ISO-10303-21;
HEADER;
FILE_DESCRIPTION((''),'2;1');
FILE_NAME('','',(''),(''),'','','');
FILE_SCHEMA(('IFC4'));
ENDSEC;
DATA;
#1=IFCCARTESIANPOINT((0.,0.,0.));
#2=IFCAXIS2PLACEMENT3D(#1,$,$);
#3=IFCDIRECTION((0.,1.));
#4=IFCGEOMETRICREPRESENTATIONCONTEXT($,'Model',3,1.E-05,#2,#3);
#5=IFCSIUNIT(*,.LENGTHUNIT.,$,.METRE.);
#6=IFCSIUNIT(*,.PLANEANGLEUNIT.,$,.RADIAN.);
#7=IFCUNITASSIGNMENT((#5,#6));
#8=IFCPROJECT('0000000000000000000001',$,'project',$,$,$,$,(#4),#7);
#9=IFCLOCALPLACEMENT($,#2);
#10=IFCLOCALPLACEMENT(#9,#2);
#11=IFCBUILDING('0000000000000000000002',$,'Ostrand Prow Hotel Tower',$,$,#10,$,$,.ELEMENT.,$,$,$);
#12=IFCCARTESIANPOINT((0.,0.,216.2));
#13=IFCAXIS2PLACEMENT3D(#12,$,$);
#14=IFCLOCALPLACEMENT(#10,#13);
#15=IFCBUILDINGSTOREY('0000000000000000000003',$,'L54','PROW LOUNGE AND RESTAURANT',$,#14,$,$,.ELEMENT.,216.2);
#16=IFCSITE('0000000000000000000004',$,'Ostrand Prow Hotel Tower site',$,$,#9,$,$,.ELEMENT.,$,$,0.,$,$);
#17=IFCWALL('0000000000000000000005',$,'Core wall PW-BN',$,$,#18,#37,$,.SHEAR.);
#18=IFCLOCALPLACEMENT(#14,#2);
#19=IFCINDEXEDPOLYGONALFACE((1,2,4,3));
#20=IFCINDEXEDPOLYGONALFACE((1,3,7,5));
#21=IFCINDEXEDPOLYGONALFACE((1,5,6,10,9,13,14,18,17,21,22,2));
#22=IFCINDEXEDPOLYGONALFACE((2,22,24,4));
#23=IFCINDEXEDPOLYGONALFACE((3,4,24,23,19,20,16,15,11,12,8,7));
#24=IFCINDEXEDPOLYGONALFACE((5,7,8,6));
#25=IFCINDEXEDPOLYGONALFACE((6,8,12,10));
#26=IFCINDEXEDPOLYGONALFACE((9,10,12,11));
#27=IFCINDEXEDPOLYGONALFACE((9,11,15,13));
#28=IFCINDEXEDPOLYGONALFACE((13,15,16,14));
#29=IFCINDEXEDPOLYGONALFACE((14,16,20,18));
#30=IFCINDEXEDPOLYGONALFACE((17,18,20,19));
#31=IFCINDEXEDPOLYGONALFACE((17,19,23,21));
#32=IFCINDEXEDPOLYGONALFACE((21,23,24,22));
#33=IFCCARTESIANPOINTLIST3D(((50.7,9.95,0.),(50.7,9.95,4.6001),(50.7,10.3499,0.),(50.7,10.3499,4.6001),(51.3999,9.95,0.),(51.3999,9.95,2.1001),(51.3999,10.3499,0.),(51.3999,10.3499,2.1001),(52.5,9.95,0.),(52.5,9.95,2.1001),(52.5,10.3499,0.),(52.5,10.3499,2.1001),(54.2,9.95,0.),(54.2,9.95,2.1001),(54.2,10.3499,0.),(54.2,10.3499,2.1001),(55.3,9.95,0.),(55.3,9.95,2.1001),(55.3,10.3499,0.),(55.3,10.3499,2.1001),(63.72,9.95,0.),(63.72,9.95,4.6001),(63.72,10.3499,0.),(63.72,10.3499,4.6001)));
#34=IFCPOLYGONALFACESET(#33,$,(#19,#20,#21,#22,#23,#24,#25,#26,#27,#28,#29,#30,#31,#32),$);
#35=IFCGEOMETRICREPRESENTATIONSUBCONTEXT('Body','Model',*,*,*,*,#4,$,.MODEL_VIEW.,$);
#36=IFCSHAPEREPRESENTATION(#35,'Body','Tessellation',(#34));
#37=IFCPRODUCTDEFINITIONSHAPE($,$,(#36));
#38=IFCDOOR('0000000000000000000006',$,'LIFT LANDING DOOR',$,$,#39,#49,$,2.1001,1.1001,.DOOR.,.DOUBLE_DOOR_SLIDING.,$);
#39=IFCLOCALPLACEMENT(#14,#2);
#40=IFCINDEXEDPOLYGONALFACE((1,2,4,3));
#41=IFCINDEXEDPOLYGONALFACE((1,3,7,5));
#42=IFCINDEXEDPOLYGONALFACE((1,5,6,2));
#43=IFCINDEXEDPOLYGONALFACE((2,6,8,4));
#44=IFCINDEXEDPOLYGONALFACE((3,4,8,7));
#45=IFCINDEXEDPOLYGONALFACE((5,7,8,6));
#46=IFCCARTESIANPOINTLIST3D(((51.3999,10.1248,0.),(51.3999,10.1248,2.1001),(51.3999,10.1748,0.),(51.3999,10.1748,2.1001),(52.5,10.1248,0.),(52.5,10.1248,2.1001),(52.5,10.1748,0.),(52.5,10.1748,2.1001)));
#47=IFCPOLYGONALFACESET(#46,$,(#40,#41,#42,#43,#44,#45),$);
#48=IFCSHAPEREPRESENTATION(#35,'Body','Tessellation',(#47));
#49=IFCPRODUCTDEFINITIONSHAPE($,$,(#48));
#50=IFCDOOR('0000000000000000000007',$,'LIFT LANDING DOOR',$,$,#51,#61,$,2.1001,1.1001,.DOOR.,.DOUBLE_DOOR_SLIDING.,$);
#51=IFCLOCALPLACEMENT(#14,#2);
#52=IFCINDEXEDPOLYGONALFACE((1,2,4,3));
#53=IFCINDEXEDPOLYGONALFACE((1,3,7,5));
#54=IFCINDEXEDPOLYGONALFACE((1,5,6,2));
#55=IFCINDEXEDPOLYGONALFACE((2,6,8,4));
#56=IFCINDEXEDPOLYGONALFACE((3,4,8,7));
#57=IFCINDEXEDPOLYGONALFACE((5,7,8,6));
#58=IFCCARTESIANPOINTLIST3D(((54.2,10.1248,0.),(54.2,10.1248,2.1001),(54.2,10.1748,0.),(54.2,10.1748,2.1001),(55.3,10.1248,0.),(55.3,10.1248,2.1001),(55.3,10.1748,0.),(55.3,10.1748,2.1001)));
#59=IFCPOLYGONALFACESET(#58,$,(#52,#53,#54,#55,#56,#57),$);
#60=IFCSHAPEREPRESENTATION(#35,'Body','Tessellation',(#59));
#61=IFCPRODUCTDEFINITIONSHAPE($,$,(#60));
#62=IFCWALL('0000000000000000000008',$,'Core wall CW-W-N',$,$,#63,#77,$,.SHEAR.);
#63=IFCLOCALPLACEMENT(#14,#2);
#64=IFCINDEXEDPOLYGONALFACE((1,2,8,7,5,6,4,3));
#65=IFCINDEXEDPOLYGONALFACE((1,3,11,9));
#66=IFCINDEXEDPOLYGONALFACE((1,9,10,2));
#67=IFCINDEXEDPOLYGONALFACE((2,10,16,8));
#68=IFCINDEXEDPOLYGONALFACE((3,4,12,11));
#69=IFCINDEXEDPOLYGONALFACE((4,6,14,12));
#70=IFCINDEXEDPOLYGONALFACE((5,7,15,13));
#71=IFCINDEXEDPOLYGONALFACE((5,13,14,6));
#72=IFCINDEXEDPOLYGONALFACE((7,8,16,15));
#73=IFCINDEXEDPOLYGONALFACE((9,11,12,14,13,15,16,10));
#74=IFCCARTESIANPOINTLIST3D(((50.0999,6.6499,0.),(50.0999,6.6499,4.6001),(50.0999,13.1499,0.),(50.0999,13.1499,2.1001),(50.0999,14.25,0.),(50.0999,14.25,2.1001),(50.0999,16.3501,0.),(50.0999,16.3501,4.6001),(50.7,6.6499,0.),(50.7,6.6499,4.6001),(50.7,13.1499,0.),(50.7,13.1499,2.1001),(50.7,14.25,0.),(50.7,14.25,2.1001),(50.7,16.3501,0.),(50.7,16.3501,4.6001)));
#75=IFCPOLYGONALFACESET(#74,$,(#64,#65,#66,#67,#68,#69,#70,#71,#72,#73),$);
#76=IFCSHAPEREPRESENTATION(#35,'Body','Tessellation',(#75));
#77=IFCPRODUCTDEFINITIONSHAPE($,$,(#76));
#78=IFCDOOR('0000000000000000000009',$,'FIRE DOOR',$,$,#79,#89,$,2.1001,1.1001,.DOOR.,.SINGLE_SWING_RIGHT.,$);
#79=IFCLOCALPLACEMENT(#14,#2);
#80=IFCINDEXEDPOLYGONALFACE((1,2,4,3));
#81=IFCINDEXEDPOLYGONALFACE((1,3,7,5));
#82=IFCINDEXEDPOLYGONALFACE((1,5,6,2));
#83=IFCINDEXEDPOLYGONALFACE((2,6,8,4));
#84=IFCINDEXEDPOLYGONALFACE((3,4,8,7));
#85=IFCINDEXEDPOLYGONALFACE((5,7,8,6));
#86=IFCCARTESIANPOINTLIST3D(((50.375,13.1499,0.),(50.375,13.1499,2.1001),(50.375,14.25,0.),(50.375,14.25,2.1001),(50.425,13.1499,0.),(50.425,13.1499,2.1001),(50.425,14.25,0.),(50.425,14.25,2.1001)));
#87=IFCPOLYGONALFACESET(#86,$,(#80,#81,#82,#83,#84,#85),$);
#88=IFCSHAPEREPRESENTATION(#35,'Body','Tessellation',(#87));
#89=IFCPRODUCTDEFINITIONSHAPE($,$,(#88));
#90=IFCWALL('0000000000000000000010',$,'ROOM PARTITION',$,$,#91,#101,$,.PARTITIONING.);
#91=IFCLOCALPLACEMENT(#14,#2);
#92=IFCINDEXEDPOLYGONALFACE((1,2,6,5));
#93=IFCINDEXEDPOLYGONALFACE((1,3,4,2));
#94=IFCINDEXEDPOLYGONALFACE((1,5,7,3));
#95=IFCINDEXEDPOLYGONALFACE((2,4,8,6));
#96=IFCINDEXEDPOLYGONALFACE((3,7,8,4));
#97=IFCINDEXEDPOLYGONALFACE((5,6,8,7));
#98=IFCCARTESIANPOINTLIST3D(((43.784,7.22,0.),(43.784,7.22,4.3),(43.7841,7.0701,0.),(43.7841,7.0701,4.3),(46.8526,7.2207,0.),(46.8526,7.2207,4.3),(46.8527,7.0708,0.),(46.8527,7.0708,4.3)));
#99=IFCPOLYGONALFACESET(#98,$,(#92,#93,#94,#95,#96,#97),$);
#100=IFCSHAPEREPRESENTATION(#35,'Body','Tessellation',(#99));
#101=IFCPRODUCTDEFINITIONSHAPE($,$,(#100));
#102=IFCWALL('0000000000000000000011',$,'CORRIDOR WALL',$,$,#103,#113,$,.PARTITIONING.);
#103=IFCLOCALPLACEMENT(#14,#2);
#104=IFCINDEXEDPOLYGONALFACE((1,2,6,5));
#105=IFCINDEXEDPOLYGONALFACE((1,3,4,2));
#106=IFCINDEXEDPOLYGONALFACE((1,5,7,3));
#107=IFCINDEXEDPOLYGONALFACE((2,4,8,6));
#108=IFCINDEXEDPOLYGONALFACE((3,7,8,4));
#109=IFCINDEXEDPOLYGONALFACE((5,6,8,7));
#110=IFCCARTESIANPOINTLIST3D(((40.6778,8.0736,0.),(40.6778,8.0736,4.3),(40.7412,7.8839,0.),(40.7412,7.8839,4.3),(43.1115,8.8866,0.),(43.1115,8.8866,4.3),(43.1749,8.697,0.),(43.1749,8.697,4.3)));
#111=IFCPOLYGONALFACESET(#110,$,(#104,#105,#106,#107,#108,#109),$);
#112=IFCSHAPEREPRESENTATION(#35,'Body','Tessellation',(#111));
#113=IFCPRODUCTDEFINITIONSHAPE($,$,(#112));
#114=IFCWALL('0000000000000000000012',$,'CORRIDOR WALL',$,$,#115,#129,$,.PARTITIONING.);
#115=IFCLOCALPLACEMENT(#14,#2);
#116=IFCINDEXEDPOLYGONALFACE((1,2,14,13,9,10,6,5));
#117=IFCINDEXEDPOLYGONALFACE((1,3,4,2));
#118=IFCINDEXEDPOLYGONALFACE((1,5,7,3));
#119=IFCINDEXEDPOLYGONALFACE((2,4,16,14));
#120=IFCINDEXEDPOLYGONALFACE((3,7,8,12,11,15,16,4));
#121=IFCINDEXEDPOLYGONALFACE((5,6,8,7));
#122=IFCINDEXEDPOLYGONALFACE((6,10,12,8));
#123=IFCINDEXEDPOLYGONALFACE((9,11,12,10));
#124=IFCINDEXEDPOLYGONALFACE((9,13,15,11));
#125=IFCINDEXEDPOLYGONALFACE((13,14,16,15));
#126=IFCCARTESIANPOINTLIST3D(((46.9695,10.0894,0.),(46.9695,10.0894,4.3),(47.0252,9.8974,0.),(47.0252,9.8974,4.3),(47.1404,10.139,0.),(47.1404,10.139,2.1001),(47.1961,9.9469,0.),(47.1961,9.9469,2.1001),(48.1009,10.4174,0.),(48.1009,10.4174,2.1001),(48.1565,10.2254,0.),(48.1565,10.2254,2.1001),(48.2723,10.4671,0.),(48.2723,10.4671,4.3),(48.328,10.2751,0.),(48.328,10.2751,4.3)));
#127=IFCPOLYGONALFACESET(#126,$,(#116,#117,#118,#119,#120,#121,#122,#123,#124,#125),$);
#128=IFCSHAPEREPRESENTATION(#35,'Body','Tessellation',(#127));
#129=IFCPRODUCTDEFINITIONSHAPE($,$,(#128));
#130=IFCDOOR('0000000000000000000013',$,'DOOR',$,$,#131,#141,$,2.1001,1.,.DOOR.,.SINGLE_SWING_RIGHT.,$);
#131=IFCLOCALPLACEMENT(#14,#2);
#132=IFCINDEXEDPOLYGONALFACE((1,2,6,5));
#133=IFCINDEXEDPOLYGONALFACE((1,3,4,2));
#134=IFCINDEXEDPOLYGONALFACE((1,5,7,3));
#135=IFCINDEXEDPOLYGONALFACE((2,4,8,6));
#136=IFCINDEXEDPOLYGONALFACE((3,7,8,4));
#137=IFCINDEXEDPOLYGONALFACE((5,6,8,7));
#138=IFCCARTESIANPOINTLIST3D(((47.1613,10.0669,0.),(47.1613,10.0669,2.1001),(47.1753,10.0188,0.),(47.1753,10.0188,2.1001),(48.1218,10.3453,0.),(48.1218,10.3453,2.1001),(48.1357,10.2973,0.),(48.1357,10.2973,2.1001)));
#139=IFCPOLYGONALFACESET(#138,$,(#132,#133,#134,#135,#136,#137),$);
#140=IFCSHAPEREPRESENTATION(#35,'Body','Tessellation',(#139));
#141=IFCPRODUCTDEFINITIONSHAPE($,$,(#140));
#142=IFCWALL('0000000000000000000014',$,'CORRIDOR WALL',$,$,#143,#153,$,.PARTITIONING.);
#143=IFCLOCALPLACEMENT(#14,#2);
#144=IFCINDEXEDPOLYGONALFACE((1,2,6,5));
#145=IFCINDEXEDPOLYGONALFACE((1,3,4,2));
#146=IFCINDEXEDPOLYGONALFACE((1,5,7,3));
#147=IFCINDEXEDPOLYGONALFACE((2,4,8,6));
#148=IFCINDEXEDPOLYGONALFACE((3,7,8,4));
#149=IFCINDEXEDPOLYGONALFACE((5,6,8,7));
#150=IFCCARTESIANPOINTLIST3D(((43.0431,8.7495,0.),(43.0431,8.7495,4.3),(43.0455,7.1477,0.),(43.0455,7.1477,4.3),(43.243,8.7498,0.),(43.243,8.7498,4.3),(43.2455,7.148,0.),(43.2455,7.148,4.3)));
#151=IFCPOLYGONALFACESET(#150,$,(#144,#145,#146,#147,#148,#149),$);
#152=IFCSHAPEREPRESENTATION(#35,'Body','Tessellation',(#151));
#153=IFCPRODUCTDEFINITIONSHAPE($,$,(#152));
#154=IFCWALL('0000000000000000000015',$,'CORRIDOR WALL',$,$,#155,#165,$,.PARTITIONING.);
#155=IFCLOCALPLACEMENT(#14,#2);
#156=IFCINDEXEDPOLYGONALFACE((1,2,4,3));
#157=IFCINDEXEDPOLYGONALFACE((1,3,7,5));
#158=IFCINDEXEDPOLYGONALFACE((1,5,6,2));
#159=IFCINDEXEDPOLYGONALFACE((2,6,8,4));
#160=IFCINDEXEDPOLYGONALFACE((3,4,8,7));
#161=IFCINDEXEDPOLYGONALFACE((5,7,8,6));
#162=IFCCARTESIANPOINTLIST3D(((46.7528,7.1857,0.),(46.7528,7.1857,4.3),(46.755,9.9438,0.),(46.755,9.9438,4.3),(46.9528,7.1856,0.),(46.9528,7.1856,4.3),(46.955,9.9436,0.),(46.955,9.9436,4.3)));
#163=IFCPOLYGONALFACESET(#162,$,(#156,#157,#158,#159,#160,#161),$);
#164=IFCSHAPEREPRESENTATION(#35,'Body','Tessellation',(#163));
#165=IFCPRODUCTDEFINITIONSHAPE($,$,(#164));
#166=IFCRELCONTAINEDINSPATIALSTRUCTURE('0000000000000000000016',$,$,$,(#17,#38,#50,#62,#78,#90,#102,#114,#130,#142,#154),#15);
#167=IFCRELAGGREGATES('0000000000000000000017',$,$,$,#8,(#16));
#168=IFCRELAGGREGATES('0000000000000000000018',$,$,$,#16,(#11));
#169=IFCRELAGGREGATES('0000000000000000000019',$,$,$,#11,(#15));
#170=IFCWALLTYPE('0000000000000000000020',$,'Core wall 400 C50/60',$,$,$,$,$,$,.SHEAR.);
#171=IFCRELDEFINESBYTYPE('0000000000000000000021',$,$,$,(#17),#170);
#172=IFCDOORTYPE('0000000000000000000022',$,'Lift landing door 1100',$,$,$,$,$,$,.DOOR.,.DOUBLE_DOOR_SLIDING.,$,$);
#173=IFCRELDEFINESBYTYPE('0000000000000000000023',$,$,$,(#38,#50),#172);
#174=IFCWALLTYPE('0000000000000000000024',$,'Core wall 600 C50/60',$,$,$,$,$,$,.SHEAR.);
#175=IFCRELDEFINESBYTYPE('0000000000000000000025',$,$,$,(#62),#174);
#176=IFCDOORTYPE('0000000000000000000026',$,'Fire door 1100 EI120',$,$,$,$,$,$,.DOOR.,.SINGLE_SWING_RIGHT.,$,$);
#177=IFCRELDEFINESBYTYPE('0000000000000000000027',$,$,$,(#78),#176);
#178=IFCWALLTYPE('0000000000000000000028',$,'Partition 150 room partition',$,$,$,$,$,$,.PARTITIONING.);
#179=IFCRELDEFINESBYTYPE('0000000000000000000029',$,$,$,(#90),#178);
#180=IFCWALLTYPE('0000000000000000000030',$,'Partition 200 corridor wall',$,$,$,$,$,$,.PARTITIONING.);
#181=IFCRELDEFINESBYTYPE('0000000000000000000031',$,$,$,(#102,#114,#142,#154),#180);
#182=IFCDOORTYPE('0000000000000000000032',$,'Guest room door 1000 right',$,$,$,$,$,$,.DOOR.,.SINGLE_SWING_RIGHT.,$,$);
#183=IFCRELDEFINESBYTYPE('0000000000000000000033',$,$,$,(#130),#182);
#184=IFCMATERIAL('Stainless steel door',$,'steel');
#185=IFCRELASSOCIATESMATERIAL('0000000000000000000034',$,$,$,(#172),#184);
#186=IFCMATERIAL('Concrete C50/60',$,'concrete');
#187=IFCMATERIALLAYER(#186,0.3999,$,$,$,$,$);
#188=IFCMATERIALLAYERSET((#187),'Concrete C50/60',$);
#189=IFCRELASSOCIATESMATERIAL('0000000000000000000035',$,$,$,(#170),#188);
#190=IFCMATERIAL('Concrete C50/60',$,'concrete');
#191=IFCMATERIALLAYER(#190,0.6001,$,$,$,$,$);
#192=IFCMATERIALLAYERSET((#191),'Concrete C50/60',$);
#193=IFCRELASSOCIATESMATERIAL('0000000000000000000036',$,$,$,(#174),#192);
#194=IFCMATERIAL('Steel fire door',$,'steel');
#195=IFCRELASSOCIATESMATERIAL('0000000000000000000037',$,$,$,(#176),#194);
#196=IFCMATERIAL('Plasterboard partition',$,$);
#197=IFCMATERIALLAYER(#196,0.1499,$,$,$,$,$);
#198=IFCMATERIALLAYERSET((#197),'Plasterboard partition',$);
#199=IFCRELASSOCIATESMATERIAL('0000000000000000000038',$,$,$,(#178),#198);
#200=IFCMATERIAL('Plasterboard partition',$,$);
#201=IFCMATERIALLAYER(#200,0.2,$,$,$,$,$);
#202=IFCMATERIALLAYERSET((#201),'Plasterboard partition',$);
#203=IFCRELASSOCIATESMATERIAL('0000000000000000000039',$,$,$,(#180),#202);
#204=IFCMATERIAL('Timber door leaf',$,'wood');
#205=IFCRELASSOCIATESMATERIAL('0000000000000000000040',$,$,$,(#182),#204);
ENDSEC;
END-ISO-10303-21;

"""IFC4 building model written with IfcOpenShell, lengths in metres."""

from ifc_helpers import new_model, si_unit, direction, frame, frame_2d, origin, place, context, subcontext, project, spatial, rectangle, extrude, material, layer, layer_set, type_object, element, fill, save


model = new_model("IFC4")

# Units and contexts
model_context = context("Model", 3, precision=1e-05, world=origin(), true_north=direction((0.0, 1.0)))
body_context = subcontext(model_context, "Body", "Model", "MODEL_VIEW")
ifc_project = project(units=[si_unit("LENGTHUNIT", "METRE"), si_unit("PLANEANGLEUNIT", "RADIAN")], contexts=[model_context])

# Site, building, storey
site_placement = place(None, origin())
site = spatial("IfcSite", under=ifc_project, at=site_placement, Name="Ostrand Prow Hotel Tower site", CompositionType="ELEMENT", RefElevation=0.0)
building_placement = place(site_placement, origin())
building = spatial("IfcBuilding", under=site, at=building_placement, Name="Ostrand Prow Hotel Tower", CompositionType="ELEMENT")
storey_placement = place(building_placement, frame((0.0, 0.0, 216.2)))
storey = spatial("IfcBuildingStorey", under=building, at=storey_placement, Name="L54", Description="PROW LOUNGE AND RESTAURANT", CompositionType="ELEMENT", Elevation=216.2)

# Wall, openings, doors
ifc_material_1 = material(Name="Stainless steel door", Category="steel")
door_type_1 = type_object("IfcDoorType", Name="Lift landing door 1100", OperationType="DOUBLE_DOOR_SLIDING", PredefinedType="DOOR", material=ifc_material_1)
ifc_material_2 = material(Name="Concrete C50/60", Category="concrete")
ifc_layer_1 = layer(ifc_material_2, 0.3999)
ifc_layer_set_1 = layer_set([ifc_layer_1], Name="Concrete C50/60")
wall_type_1 = type_object("IfcWallType", Name="Core wall 400 C50/60", PredefinedType="SHEAR", material=ifc_layer_set_1)
wall_1_placement = place(storey_placement, frame((50.7, 10.1499, 0.0), z_axis=(0.0, 0.0, 1.0), x_axis=(1.0, 0.0, 0.0)))
wall_1 = element("IfcWall", 1, at=wall_1_placement, inside=storey, type_object=wall_type_1, Name="Core wall PW-BN", PredefinedType="SHEAR", context=body_context, shape_type="SweptSolid", body=[
    extrude(rectangle(XDim=13.02, YDim=0.3999, at=frame_2d((6.51, 0.0))), origin(), (0.0, 0.0, 1.0), 4.6001),
])
opening_1_placement = place(wall_1_placement, frame((0.7, 0.0, 0.0)))
opening_1 = element("IfcOpeningElement", 2, at=opening_1_placement, cuts=wall_1, PredefinedType="OPENING", context=body_context, shape_type="SweptSolid", body=[
    extrude(rectangle(XDim=1.1001, YDim=2.1001, at=frame_2d((0.55, 1.05))), frame((0.0, 0.21, 0.0), z_axis=(0.0, -1.0, 0.0), x_axis=(1.0, 0.0, 0.0)), (0.0, 0.0, 1.0), 0.4199),
])
opening_2_placement = place(wall_1_placement, frame((3.5, 0.0, 0.0)))
opening_2 = element("IfcOpeningElement", 3, at=opening_2_placement, cuts=wall_1, PredefinedType="OPENING", context=body_context, shape_type="SweptSolid", body=[
    extrude(rectangle(XDim=1.1001, YDim=2.1001, at=frame_2d((0.55, 1.05))), frame((0.0, 0.21, 0.0), z_axis=(0.0, -1.0, 0.0), x_axis=(1.0, 0.0, 0.0)), (0.0, 0.0, 1.0), 0.4199),
])
door_1_placement = place(opening_1_placement, origin())
door_1 = element("IfcDoor", 4, at=door_1_placement, inside=storey, type_object=door_type_1, Name="LIFT LANDING DOOR", OperationType="DOUBLE_DOOR_SLIDING", OverallHeight=2.1001, OverallWidth=1.1001, PredefinedType="DOOR", context=body_context, shape_type="SweptSolid", body=[
    extrude(rectangle(XDim=1.1001, YDim=2.1001, at=frame_2d((0.55, 1.05))), frame((0.0, 0.0249, 0.0), z_axis=(0.0, -1.0, 0.0), x_axis=(1.0, 0.0, 0.0)), (0.0, 0.0, 1.0), 0.05),
])
fill(opening_1, door_1)
door_2_placement = place(opening_2_placement, origin())
door_2 = element("IfcDoor", 5, at=door_2_placement, inside=storey, type_object=door_type_1, Name="LIFT LANDING DOOR", OperationType="DOUBLE_DOOR_SLIDING", OverallHeight=2.1001, OverallWidth=1.1001, PredefinedType="DOOR", context=body_context, shape_type="SweptSolid", body=[
    extrude(rectangle(XDim=1.1001, YDim=2.1001, at=frame_2d((0.55, 1.05))), frame((0.0, 0.0249, 0.0), z_axis=(0.0, -1.0, 0.0), x_axis=(1.0, 0.0, 0.0)), (0.0, 0.0, 1.0), 0.05),
])
fill(opening_2, door_2)

# Wall, opening, door
ifc_material_3 = material(Name="Concrete C50/60", Category="concrete")
ifc_layer_2 = layer(ifc_material_3, 0.6001)
ifc_layer_set_2 = layer_set([ifc_layer_2], Name="Concrete C50/60")
wall_type_2 = type_object("IfcWallType", Name="Core wall 600 C50/60", PredefinedType="SHEAR", material=ifc_layer_set_2)
wall_2_placement = place(storey_placement, frame((50.3999, 6.6499, 0.0), z_axis=(0.0, 0.0, 1.0), x_axis=(0.0, 1.0, 0.0)))
wall_2 = element("IfcWall", 6, at=wall_2_placement, inside=storey, type_object=wall_type_2, Name="Core wall CW-W-N", PredefinedType="SHEAR", context=body_context, shape_type="SweptSolid", body=[
    extrude(rectangle(XDim=9.7002, YDim=0.6001, at=frame_2d((4.8501, 0.0))), origin(), (0.0, 0.0, 1.0), 4.6001),
])
opening_3_placement = place(wall_2_placement, frame((6.5, 0.0, 0.0)))
opening_3 = element("IfcOpeningElement", 7, at=opening_3_placement, cuts=wall_2, PredefinedType="OPENING", context=body_context, shape_type="SweptSolid", body=[
    extrude(rectangle(XDim=1.1001, YDim=2.1001, at=frame_2d((0.55, 1.05))), frame((0.0, 0.3101, 0.0), z_axis=(0.0, -1.0, 0.0), x_axis=(1.0, 0.0, 0.0)), (0.0, 0.0, 1.0), 0.6201),
])
ifc_material_4 = material(Name="Steel fire door", Category="steel")
door_type_2 = type_object("IfcDoorType", Name="Fire door 1100 EI120", OperationType="SINGLE_SWING_RIGHT", PredefinedType="DOOR", material=ifc_material_4)
door_3_placement = place(opening_3_placement, origin())
door_3 = element("IfcDoor", 8, at=door_3_placement, inside=storey, type_object=door_type_2, Name="FIRE DOOR", OperationType="SINGLE_SWING_RIGHT", OverallHeight=2.1001, OverallWidth=1.1001, PredefinedType="DOOR", context=body_context, shape_type="SweptSolid", body=[
    extrude(rectangle(XDim=1.1001, YDim=2.1001, at=frame_2d((0.55, 1.05))), frame((0.0, 0.0249, 0.0), z_axis=(0.0, -1.0, 0.0), x_axis=(1.0, 0.0, 0.0)), (0.0, 0.0, 1.0), 0.05),
])
fill(opening_3, door_3)

# Walls
ifc_material_5 = material(Name="Plasterboard partition")
ifc_layer_3 = layer(ifc_material_5, 0.1499)
ifc_layer_set_3 = layer_set([ifc_layer_3], Name="Plasterboard partition")
wall_type_3 = type_object("IfcWallType", Name="Partition 150 room partition", PredefinedType="PARTITIONING", material=ifc_layer_set_3)
wall_3_placement = place(storey_placement, frame((43.7842, 7.145, 0.0), z_axis=(0.0, 0.0, 1.0), x_axis=(1.0, 0.000239, 0.0)))
element("IfcWall", 9, at=wall_3_placement, inside=storey, type_object=wall_type_3, Name="ROOM PARTITION", PredefinedType="PARTITIONING", context=body_context, shape_type="SweptSolid", body=[
    extrude(rectangle(XDim=3.0686, YDim=0.1499, at=frame_2d((1.5342, 0.0))), origin(), (0.0, 0.0, 1.0), 4.3),
])
ifc_material_6 = material(Name="Plasterboard partition")
ifc_layer_4 = layer(ifc_material_6, 0.2)
ifc_layer_set_4 = layer_set([ifc_layer_4], Name="Plasterboard partition")
wall_type_4 = type_object("IfcWallType", Name="Partition 200 corridor wall", PredefinedType="PARTITIONING", material=ifc_layer_set_4)
wall_4_placement = place(storey_placement, frame((40.7095, 7.9788, 0.0), z_axis=(0.0, 0.0, 1.0), x_axis=(0.948474, 0.316856, 0.0)))
element("IfcWall", 10, at=wall_4_placement, inside=storey, type_object=wall_type_4, Name="CORRIDOR WALL", PredefinedType="PARTITIONING", context=body_context, shape_type="SweptSolid", body=[
    extrude(rectangle(XDim=2.5659, YDim=0.2, at=frame_2d((1.283, 0.0))), origin(), (0.0, 0.0, 1.0), 4.3),
])

# Wall, opening, door
wall_5_placement = place(storey_placement, frame((46.9973, 9.9934, 0.0), z_axis=(0.0, 0.0, 1.0), x_axis=(0.96045, 0.278451, 0.0)))
wall_5 = element("IfcWall", 11, at=wall_5_placement, inside=storey, type_object=wall_type_4, Name="CORRIDOR WALL", PredefinedType="PARTITIONING", context=body_context, shape_type="SweptSolid", body=[
    extrude(rectangle(XDim=1.3564, YDim=0.2, at=frame_2d((0.6782, 0.0))), origin(), (0.0, 0.0, 1.0), 4.3),
])
opening_4_placement = place(wall_5_placement, frame((0.178, 0.0, 0.0)))
opening_4 = element("IfcOpeningElement", 12, at=opening_4_placement, cuts=wall_5, PredefinedType="OPENING", context=body_context, shape_type="SweptSolid", body=[
    extrude(rectangle(XDim=1.0, YDim=2.1001, at=frame_2d((0.5, 1.05))), frame((0.0, 0.1099, 0.0), z_axis=(0.0, -1.0, 0.0), x_axis=(1.0, 0.0, 0.0)), (0.0, 0.0, 1.0), 0.22),
])
ifc_material_7 = material(Name="Timber door leaf", Category="wood")
door_type_3 = type_object("IfcDoorType", Name="Guest room door 1000 right", OperationType="SINGLE_SWING_RIGHT", PredefinedType="DOOR", material=ifc_material_7)
door_4_placement = place(opening_4_placement, origin())
door_4 = element("IfcDoor", 13, at=door_4_placement, inside=storey, type_object=door_type_3, Name="DOOR", OperationType="SINGLE_SWING_RIGHT", OverallHeight=2.1001, OverallWidth=1.0, PredefinedType="DOOR", context=body_context, shape_type="SweptSolid", body=[
    extrude(rectangle(XDim=1.0, YDim=2.1001, at=frame_2d((0.5, 1.05))), frame((0.0, 0.0249, 0.0), z_axis=(0.0, -1.0, 0.0), x_axis=(1.0, 0.0, 0.0)), (0.0, 0.0, 1.0), 0.05),
])
fill(opening_4, door_4)

# Walls
wall_6_placement = place(storey_placement, frame((43.1431, 8.7495, 0.0), z_axis=(0.0, 0.0, 1.0), x_axis=(0.001524, -0.999999, 0.0)))
element("IfcWall", 14, at=wall_6_placement, inside=storey, type_object=wall_type_4, Name="CORRIDOR WALL", PredefinedType="PARTITIONING", context=body_context, shape_type="SweptSolid", body=[
    extrude(rectangle(XDim=1.6018, YDim=0.2, at=frame_2d((0.8008, 0.0))), origin(), (0.0, 0.0, 1.0), 4.3),
])
wall_7_placement = place(storey_placement, frame((46.8528, 7.1858, 0.0), z_axis=(0.0, 0.0, 1.0), x_axis=(0.000797, 1.0, 0.0)))
element("IfcWall", 15, at=wall_7_placement, inside=storey, type_object=wall_type_4, Name="CORRIDOR WALL", PredefinedType="PARTITIONING", context=body_context, shape_type="SweptSolid", body=[
    extrude(rectangle(XDim=2.7581, YDim=0.2, at=frame_2d((1.3789, 0.0))), origin(), (0.0, 0.0, 1.0), 4.3),
])

save(model, "model.ifc")
